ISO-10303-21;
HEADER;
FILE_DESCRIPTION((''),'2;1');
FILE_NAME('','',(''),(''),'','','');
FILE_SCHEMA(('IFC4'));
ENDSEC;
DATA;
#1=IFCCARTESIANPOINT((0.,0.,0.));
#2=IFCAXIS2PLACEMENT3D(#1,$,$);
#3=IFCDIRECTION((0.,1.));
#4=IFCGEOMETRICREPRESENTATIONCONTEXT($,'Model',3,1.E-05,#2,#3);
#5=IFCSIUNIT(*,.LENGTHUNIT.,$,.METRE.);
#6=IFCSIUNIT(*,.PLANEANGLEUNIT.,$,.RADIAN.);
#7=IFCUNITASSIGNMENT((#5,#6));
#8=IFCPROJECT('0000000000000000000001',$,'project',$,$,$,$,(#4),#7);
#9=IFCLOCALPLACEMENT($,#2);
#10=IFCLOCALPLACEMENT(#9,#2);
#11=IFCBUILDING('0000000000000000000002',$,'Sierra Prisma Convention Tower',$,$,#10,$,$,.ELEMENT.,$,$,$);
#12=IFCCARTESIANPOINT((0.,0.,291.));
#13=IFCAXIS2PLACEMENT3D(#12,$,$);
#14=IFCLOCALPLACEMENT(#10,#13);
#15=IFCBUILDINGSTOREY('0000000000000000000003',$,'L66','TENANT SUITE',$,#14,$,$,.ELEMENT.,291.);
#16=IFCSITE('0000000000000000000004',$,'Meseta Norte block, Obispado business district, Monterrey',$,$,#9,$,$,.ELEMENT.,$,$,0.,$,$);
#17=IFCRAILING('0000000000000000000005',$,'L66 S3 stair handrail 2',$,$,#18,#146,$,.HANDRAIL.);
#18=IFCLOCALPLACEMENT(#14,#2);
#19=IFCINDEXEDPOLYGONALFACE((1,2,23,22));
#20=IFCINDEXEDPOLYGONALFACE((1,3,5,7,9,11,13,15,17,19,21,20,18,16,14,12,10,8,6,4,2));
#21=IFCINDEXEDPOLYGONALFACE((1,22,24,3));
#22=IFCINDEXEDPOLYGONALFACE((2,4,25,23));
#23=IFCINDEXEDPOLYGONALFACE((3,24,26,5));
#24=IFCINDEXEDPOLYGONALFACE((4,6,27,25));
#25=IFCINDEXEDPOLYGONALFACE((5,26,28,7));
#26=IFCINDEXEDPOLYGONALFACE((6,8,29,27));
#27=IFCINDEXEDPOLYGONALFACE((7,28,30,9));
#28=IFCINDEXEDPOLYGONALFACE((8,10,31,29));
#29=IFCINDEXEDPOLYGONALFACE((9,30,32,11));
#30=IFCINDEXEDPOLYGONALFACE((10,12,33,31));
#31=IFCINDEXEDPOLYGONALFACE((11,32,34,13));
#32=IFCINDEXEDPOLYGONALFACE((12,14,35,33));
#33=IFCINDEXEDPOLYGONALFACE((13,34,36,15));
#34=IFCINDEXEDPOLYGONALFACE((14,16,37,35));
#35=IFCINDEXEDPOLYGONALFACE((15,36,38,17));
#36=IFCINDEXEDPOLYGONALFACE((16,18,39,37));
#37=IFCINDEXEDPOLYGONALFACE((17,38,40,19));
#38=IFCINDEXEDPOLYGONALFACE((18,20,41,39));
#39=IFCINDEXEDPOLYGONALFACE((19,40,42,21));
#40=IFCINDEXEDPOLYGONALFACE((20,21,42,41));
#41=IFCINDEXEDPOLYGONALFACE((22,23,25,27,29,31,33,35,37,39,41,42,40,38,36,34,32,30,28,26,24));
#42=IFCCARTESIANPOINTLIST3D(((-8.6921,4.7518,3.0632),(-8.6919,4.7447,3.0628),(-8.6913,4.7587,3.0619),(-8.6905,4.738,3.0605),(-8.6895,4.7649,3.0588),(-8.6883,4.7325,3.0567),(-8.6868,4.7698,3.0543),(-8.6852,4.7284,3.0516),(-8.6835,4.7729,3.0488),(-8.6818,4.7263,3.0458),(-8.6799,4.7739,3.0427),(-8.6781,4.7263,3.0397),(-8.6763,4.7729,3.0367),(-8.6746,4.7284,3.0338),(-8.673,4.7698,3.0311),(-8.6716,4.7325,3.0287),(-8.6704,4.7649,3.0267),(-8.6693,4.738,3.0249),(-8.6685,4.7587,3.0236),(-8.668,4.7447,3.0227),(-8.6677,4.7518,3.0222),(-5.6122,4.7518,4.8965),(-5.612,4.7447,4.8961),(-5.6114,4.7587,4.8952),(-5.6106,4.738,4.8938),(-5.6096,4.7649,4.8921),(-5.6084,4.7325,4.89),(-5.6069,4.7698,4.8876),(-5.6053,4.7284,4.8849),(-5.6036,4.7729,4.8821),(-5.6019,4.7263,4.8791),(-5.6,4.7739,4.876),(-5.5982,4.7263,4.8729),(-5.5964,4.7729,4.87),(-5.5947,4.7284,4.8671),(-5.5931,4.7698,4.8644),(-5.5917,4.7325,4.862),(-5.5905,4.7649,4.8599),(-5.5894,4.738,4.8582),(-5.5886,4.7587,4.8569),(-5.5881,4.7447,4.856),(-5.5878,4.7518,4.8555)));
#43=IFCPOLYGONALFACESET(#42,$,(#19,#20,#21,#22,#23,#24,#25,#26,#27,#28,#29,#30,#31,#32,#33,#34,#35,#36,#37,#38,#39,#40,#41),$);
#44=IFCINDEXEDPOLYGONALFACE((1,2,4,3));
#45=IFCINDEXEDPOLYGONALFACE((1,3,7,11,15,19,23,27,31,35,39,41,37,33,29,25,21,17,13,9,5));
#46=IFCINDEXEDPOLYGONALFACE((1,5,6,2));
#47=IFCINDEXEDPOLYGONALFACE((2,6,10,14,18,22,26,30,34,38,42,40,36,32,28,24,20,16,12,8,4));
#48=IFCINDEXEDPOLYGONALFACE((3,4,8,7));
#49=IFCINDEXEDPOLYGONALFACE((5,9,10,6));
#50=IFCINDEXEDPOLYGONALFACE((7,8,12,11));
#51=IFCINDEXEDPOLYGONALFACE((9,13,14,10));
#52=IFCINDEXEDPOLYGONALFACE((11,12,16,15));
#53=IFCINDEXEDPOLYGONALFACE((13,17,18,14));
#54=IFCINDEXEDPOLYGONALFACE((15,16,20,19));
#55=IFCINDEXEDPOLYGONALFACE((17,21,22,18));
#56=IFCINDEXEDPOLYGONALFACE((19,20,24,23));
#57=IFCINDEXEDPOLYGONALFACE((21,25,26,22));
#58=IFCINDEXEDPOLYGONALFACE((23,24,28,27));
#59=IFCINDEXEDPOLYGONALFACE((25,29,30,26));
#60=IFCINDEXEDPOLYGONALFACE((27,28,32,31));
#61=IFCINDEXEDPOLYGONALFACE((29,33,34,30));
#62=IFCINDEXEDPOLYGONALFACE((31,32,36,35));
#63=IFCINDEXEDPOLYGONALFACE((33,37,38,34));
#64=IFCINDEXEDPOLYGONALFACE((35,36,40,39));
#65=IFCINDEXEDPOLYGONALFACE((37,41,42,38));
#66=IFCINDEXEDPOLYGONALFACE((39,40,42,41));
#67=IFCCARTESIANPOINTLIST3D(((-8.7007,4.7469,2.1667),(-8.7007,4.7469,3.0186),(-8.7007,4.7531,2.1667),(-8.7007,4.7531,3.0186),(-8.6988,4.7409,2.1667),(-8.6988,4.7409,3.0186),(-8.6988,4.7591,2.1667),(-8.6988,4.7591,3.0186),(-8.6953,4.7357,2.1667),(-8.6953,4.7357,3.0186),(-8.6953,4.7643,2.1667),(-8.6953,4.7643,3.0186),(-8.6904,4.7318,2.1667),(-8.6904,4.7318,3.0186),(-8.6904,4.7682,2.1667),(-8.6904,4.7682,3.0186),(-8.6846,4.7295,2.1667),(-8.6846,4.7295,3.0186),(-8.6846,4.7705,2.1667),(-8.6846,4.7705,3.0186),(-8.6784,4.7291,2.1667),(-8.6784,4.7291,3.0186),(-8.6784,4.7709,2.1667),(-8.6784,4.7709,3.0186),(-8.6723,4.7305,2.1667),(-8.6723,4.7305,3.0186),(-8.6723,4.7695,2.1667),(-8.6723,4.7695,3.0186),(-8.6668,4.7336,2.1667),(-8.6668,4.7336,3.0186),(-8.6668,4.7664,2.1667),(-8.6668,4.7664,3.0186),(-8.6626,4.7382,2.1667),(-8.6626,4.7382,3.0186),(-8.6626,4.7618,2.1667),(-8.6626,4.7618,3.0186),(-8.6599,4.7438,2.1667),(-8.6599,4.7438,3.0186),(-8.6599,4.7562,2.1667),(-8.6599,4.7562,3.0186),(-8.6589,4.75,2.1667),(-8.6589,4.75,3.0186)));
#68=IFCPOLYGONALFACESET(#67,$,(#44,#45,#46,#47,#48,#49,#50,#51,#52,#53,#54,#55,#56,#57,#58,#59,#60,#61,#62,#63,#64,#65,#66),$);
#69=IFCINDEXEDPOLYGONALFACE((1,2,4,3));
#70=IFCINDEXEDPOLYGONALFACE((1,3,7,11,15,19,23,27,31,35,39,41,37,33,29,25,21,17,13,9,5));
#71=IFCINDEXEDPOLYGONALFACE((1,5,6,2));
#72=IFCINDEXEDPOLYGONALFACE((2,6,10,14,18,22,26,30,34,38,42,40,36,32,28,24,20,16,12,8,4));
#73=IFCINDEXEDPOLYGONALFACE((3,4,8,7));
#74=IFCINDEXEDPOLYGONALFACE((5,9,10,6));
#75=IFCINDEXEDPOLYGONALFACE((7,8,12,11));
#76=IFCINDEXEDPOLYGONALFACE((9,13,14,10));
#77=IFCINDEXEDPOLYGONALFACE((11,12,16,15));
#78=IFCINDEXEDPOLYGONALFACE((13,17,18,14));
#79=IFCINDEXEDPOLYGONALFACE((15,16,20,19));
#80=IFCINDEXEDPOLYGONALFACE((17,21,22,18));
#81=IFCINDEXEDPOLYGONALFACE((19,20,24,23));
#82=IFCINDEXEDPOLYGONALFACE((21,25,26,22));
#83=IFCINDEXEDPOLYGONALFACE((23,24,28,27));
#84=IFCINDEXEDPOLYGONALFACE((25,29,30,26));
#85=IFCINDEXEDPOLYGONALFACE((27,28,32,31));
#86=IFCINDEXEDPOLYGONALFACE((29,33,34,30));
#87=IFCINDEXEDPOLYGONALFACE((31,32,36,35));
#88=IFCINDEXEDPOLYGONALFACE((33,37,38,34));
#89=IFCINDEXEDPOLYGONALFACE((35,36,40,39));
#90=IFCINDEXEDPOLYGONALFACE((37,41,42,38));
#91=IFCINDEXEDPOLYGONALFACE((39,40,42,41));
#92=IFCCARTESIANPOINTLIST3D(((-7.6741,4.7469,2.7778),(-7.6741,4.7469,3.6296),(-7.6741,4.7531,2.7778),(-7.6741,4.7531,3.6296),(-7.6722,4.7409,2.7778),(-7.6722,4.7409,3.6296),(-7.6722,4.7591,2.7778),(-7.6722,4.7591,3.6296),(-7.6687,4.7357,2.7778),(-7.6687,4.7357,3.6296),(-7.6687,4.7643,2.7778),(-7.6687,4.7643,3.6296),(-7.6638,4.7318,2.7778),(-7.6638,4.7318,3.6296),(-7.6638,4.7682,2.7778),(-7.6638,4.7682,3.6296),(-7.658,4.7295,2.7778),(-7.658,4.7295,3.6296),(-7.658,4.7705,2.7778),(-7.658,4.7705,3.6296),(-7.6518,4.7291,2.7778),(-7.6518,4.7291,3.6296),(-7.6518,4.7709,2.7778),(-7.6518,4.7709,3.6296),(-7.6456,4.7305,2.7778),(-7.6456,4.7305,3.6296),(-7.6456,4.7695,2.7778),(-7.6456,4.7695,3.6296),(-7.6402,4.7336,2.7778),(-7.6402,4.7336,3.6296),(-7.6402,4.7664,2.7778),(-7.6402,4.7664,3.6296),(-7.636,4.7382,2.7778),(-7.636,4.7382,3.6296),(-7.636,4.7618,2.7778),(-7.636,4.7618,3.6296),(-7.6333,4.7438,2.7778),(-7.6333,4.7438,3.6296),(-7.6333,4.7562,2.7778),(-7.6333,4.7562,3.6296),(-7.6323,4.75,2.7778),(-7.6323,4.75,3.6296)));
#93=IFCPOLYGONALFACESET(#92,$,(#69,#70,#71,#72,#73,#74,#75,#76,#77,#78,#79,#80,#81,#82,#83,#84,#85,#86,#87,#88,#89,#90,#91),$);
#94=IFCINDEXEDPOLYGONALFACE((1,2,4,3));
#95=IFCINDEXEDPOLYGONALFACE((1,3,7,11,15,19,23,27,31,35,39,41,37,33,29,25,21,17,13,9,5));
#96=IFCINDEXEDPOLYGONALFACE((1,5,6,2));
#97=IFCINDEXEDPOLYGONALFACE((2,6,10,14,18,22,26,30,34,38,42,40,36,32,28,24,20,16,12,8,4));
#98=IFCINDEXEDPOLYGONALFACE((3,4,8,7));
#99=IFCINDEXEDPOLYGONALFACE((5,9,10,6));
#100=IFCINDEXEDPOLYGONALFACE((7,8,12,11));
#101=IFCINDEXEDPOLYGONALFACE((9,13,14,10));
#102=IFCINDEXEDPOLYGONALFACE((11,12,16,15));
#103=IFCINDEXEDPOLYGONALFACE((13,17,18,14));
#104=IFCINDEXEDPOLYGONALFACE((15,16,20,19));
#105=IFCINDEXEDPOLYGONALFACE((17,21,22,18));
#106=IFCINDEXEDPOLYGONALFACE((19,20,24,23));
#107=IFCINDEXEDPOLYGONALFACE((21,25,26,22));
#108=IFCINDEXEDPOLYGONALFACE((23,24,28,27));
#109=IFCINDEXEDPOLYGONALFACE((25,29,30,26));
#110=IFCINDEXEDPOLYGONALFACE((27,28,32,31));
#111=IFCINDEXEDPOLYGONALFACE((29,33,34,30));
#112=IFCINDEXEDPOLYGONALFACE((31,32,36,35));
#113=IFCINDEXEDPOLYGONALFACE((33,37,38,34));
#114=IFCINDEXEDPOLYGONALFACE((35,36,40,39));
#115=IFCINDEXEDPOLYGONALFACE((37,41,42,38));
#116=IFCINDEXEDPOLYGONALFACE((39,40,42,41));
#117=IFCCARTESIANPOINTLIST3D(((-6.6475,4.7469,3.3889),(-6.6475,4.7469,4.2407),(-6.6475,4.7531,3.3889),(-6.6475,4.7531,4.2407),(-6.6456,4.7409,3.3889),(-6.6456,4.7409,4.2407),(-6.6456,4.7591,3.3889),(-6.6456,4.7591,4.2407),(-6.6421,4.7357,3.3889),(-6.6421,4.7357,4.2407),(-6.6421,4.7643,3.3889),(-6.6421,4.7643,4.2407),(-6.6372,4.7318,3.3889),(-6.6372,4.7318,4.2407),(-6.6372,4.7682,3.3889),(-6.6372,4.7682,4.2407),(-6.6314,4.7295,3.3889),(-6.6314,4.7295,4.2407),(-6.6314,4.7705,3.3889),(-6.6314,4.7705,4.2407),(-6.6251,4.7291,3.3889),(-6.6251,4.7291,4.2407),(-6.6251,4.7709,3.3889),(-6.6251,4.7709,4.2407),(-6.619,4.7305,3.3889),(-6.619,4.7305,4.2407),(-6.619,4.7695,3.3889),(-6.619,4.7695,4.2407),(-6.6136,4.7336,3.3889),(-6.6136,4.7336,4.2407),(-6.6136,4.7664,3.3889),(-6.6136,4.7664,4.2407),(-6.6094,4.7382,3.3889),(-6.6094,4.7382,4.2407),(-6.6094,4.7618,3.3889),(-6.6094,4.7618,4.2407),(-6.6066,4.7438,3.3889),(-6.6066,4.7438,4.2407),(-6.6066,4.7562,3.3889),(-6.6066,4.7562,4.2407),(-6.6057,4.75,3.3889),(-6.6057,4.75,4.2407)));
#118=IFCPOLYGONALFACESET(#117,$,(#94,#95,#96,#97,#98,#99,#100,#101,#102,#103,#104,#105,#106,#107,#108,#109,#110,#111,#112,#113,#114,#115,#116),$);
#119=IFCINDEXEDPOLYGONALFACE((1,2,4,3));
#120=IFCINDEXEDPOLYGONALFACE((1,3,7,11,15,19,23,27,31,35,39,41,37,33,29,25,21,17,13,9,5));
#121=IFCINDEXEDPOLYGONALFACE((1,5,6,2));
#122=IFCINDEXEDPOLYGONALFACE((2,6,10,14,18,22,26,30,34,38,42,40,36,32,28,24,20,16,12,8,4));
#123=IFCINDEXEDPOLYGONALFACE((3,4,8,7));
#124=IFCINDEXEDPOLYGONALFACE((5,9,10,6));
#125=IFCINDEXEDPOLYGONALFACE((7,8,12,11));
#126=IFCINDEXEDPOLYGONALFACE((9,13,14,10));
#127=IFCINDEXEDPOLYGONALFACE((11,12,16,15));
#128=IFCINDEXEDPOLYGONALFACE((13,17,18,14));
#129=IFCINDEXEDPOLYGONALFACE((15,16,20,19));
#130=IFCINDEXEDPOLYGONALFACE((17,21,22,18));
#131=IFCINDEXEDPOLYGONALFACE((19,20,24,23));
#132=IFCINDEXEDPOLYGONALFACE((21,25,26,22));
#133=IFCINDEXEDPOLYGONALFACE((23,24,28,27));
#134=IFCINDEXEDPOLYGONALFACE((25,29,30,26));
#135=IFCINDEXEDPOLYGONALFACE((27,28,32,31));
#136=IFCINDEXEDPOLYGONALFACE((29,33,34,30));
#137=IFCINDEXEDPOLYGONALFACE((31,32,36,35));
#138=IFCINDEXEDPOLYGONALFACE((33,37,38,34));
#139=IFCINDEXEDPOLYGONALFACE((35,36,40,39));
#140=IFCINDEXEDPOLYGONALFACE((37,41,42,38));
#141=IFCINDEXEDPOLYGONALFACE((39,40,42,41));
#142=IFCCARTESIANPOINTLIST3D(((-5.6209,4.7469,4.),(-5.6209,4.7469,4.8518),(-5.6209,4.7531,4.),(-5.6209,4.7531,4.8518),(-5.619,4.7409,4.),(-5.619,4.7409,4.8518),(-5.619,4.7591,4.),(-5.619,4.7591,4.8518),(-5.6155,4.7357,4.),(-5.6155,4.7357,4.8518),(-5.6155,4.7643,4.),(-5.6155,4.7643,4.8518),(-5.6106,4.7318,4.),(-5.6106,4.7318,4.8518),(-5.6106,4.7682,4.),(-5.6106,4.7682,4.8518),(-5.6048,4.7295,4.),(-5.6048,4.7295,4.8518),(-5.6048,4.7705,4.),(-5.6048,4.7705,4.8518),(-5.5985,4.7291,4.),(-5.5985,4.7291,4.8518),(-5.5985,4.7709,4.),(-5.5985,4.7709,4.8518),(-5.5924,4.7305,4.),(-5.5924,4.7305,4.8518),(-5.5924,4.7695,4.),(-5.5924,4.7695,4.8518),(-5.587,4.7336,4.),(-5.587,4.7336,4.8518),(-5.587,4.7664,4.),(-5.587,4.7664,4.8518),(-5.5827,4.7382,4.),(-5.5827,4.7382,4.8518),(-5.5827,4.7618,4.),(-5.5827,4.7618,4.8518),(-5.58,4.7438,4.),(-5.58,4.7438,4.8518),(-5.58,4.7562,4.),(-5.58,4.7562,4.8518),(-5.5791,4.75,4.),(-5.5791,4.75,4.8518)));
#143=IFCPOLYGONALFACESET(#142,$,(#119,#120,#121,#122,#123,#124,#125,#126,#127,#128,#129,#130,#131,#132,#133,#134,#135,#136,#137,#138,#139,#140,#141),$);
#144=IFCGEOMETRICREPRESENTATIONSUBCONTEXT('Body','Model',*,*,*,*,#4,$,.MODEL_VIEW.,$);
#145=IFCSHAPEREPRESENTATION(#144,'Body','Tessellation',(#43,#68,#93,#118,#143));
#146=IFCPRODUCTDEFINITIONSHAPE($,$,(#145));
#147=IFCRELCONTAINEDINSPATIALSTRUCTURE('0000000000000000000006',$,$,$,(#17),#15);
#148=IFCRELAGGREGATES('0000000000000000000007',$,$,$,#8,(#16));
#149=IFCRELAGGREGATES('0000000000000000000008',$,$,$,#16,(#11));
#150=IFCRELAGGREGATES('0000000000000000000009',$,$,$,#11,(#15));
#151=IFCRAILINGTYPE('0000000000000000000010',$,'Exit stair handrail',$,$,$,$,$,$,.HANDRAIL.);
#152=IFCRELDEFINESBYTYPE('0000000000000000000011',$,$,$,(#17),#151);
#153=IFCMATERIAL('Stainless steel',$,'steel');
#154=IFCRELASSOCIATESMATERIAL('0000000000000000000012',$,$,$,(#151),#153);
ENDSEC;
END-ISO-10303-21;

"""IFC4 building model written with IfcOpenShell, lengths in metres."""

from ifc_helpers import new_model, si_unit, direction, frame, origin, origin_2d, place, context, subcontext, project, spatial, circle, extrude, material, type_object, element, save


model = new_model("IFC4")

# Units and contexts
model_context = context("Model", 3, precision=1e-05, world=origin(), true_north=direction((0.0, 1.0)))
body_context = subcontext(model_context, "Body", "Model", "MODEL_VIEW")
ifc_project = project(units=[si_unit("LENGTHUNIT", "METRE"), si_unit("PLANEANGLEUNIT", "RADIAN")], contexts=[model_context])

# Site, building, storey
site_placement = place(None, origin())
site = spatial("IfcSite", under=ifc_project, at=site_placement, Name="Meseta Norte block, Obispado business district, Monterrey", CompositionType="ELEMENT", RefElevation=0.0)
building_placement = place(site_placement, origin())
building = spatial("IfcBuilding", under=site, at=building_placement, Name="Sierra Prisma Convention Tower", CompositionType="ELEMENT")
storey_placement = place(building_placement, frame((0.0, 0.0, 291.0)))
storey = spatial("IfcBuildingStorey", under=building, at=storey_placement, Name="L66", Description="TENANT SUITE", CompositionType="ELEMENT", Elevation=291.0)

# Railing
ifc_material_1 = material(Name="Stainless steel", Category="steel")
railing_type_1 = type_object("IfcRailingType", Name="Exit stair handrail", PredefinedType="HANDRAIL", material=ifc_material_1)
railing_1_placement = place(storey_placement, frame((-8.6799, 4.75, 2.1667)))
element("IfcRailing", 1, at=railing_1_placement, inside=storey, type_object=railing_type_1, Name="L66 S3 stair handrail 2", PredefinedType="HANDRAIL", context=body_context, shape_type="SweptSolid", body=[
    extrude(circle(Radius=0.0239, at=origin_2d()), frame((0.0, 0.0, 0.876), z_axis=(0.859291, 0.0, 0.511487), x_axis=(0.0, 1.0, 0.0)), (0.0, 0.0, 1.0), 3.5842),
    extrude(circle(Radius=0.021, at=origin_2d()), origin(), (0.0, 0.0, 1.0), 0.8518),
    extrude(circle(Radius=0.021, at=origin_2d()), frame((1.0266, 0.0, 0.6111)), (0.0, 0.0, 1.0), 0.8518),
    extrude(circle(Radius=0.021, at=origin_2d()), frame((2.0532, 0.0, 1.2222)), (0.0, 0.0, 1.0), 0.8518),
    extrude(circle(Radius=0.021, at=origin_2d()), frame((3.0798, 0.0, 1.8333)), (0.0, 0.0, 1.0), 0.8518),
])

save(model, "model.ifc")
